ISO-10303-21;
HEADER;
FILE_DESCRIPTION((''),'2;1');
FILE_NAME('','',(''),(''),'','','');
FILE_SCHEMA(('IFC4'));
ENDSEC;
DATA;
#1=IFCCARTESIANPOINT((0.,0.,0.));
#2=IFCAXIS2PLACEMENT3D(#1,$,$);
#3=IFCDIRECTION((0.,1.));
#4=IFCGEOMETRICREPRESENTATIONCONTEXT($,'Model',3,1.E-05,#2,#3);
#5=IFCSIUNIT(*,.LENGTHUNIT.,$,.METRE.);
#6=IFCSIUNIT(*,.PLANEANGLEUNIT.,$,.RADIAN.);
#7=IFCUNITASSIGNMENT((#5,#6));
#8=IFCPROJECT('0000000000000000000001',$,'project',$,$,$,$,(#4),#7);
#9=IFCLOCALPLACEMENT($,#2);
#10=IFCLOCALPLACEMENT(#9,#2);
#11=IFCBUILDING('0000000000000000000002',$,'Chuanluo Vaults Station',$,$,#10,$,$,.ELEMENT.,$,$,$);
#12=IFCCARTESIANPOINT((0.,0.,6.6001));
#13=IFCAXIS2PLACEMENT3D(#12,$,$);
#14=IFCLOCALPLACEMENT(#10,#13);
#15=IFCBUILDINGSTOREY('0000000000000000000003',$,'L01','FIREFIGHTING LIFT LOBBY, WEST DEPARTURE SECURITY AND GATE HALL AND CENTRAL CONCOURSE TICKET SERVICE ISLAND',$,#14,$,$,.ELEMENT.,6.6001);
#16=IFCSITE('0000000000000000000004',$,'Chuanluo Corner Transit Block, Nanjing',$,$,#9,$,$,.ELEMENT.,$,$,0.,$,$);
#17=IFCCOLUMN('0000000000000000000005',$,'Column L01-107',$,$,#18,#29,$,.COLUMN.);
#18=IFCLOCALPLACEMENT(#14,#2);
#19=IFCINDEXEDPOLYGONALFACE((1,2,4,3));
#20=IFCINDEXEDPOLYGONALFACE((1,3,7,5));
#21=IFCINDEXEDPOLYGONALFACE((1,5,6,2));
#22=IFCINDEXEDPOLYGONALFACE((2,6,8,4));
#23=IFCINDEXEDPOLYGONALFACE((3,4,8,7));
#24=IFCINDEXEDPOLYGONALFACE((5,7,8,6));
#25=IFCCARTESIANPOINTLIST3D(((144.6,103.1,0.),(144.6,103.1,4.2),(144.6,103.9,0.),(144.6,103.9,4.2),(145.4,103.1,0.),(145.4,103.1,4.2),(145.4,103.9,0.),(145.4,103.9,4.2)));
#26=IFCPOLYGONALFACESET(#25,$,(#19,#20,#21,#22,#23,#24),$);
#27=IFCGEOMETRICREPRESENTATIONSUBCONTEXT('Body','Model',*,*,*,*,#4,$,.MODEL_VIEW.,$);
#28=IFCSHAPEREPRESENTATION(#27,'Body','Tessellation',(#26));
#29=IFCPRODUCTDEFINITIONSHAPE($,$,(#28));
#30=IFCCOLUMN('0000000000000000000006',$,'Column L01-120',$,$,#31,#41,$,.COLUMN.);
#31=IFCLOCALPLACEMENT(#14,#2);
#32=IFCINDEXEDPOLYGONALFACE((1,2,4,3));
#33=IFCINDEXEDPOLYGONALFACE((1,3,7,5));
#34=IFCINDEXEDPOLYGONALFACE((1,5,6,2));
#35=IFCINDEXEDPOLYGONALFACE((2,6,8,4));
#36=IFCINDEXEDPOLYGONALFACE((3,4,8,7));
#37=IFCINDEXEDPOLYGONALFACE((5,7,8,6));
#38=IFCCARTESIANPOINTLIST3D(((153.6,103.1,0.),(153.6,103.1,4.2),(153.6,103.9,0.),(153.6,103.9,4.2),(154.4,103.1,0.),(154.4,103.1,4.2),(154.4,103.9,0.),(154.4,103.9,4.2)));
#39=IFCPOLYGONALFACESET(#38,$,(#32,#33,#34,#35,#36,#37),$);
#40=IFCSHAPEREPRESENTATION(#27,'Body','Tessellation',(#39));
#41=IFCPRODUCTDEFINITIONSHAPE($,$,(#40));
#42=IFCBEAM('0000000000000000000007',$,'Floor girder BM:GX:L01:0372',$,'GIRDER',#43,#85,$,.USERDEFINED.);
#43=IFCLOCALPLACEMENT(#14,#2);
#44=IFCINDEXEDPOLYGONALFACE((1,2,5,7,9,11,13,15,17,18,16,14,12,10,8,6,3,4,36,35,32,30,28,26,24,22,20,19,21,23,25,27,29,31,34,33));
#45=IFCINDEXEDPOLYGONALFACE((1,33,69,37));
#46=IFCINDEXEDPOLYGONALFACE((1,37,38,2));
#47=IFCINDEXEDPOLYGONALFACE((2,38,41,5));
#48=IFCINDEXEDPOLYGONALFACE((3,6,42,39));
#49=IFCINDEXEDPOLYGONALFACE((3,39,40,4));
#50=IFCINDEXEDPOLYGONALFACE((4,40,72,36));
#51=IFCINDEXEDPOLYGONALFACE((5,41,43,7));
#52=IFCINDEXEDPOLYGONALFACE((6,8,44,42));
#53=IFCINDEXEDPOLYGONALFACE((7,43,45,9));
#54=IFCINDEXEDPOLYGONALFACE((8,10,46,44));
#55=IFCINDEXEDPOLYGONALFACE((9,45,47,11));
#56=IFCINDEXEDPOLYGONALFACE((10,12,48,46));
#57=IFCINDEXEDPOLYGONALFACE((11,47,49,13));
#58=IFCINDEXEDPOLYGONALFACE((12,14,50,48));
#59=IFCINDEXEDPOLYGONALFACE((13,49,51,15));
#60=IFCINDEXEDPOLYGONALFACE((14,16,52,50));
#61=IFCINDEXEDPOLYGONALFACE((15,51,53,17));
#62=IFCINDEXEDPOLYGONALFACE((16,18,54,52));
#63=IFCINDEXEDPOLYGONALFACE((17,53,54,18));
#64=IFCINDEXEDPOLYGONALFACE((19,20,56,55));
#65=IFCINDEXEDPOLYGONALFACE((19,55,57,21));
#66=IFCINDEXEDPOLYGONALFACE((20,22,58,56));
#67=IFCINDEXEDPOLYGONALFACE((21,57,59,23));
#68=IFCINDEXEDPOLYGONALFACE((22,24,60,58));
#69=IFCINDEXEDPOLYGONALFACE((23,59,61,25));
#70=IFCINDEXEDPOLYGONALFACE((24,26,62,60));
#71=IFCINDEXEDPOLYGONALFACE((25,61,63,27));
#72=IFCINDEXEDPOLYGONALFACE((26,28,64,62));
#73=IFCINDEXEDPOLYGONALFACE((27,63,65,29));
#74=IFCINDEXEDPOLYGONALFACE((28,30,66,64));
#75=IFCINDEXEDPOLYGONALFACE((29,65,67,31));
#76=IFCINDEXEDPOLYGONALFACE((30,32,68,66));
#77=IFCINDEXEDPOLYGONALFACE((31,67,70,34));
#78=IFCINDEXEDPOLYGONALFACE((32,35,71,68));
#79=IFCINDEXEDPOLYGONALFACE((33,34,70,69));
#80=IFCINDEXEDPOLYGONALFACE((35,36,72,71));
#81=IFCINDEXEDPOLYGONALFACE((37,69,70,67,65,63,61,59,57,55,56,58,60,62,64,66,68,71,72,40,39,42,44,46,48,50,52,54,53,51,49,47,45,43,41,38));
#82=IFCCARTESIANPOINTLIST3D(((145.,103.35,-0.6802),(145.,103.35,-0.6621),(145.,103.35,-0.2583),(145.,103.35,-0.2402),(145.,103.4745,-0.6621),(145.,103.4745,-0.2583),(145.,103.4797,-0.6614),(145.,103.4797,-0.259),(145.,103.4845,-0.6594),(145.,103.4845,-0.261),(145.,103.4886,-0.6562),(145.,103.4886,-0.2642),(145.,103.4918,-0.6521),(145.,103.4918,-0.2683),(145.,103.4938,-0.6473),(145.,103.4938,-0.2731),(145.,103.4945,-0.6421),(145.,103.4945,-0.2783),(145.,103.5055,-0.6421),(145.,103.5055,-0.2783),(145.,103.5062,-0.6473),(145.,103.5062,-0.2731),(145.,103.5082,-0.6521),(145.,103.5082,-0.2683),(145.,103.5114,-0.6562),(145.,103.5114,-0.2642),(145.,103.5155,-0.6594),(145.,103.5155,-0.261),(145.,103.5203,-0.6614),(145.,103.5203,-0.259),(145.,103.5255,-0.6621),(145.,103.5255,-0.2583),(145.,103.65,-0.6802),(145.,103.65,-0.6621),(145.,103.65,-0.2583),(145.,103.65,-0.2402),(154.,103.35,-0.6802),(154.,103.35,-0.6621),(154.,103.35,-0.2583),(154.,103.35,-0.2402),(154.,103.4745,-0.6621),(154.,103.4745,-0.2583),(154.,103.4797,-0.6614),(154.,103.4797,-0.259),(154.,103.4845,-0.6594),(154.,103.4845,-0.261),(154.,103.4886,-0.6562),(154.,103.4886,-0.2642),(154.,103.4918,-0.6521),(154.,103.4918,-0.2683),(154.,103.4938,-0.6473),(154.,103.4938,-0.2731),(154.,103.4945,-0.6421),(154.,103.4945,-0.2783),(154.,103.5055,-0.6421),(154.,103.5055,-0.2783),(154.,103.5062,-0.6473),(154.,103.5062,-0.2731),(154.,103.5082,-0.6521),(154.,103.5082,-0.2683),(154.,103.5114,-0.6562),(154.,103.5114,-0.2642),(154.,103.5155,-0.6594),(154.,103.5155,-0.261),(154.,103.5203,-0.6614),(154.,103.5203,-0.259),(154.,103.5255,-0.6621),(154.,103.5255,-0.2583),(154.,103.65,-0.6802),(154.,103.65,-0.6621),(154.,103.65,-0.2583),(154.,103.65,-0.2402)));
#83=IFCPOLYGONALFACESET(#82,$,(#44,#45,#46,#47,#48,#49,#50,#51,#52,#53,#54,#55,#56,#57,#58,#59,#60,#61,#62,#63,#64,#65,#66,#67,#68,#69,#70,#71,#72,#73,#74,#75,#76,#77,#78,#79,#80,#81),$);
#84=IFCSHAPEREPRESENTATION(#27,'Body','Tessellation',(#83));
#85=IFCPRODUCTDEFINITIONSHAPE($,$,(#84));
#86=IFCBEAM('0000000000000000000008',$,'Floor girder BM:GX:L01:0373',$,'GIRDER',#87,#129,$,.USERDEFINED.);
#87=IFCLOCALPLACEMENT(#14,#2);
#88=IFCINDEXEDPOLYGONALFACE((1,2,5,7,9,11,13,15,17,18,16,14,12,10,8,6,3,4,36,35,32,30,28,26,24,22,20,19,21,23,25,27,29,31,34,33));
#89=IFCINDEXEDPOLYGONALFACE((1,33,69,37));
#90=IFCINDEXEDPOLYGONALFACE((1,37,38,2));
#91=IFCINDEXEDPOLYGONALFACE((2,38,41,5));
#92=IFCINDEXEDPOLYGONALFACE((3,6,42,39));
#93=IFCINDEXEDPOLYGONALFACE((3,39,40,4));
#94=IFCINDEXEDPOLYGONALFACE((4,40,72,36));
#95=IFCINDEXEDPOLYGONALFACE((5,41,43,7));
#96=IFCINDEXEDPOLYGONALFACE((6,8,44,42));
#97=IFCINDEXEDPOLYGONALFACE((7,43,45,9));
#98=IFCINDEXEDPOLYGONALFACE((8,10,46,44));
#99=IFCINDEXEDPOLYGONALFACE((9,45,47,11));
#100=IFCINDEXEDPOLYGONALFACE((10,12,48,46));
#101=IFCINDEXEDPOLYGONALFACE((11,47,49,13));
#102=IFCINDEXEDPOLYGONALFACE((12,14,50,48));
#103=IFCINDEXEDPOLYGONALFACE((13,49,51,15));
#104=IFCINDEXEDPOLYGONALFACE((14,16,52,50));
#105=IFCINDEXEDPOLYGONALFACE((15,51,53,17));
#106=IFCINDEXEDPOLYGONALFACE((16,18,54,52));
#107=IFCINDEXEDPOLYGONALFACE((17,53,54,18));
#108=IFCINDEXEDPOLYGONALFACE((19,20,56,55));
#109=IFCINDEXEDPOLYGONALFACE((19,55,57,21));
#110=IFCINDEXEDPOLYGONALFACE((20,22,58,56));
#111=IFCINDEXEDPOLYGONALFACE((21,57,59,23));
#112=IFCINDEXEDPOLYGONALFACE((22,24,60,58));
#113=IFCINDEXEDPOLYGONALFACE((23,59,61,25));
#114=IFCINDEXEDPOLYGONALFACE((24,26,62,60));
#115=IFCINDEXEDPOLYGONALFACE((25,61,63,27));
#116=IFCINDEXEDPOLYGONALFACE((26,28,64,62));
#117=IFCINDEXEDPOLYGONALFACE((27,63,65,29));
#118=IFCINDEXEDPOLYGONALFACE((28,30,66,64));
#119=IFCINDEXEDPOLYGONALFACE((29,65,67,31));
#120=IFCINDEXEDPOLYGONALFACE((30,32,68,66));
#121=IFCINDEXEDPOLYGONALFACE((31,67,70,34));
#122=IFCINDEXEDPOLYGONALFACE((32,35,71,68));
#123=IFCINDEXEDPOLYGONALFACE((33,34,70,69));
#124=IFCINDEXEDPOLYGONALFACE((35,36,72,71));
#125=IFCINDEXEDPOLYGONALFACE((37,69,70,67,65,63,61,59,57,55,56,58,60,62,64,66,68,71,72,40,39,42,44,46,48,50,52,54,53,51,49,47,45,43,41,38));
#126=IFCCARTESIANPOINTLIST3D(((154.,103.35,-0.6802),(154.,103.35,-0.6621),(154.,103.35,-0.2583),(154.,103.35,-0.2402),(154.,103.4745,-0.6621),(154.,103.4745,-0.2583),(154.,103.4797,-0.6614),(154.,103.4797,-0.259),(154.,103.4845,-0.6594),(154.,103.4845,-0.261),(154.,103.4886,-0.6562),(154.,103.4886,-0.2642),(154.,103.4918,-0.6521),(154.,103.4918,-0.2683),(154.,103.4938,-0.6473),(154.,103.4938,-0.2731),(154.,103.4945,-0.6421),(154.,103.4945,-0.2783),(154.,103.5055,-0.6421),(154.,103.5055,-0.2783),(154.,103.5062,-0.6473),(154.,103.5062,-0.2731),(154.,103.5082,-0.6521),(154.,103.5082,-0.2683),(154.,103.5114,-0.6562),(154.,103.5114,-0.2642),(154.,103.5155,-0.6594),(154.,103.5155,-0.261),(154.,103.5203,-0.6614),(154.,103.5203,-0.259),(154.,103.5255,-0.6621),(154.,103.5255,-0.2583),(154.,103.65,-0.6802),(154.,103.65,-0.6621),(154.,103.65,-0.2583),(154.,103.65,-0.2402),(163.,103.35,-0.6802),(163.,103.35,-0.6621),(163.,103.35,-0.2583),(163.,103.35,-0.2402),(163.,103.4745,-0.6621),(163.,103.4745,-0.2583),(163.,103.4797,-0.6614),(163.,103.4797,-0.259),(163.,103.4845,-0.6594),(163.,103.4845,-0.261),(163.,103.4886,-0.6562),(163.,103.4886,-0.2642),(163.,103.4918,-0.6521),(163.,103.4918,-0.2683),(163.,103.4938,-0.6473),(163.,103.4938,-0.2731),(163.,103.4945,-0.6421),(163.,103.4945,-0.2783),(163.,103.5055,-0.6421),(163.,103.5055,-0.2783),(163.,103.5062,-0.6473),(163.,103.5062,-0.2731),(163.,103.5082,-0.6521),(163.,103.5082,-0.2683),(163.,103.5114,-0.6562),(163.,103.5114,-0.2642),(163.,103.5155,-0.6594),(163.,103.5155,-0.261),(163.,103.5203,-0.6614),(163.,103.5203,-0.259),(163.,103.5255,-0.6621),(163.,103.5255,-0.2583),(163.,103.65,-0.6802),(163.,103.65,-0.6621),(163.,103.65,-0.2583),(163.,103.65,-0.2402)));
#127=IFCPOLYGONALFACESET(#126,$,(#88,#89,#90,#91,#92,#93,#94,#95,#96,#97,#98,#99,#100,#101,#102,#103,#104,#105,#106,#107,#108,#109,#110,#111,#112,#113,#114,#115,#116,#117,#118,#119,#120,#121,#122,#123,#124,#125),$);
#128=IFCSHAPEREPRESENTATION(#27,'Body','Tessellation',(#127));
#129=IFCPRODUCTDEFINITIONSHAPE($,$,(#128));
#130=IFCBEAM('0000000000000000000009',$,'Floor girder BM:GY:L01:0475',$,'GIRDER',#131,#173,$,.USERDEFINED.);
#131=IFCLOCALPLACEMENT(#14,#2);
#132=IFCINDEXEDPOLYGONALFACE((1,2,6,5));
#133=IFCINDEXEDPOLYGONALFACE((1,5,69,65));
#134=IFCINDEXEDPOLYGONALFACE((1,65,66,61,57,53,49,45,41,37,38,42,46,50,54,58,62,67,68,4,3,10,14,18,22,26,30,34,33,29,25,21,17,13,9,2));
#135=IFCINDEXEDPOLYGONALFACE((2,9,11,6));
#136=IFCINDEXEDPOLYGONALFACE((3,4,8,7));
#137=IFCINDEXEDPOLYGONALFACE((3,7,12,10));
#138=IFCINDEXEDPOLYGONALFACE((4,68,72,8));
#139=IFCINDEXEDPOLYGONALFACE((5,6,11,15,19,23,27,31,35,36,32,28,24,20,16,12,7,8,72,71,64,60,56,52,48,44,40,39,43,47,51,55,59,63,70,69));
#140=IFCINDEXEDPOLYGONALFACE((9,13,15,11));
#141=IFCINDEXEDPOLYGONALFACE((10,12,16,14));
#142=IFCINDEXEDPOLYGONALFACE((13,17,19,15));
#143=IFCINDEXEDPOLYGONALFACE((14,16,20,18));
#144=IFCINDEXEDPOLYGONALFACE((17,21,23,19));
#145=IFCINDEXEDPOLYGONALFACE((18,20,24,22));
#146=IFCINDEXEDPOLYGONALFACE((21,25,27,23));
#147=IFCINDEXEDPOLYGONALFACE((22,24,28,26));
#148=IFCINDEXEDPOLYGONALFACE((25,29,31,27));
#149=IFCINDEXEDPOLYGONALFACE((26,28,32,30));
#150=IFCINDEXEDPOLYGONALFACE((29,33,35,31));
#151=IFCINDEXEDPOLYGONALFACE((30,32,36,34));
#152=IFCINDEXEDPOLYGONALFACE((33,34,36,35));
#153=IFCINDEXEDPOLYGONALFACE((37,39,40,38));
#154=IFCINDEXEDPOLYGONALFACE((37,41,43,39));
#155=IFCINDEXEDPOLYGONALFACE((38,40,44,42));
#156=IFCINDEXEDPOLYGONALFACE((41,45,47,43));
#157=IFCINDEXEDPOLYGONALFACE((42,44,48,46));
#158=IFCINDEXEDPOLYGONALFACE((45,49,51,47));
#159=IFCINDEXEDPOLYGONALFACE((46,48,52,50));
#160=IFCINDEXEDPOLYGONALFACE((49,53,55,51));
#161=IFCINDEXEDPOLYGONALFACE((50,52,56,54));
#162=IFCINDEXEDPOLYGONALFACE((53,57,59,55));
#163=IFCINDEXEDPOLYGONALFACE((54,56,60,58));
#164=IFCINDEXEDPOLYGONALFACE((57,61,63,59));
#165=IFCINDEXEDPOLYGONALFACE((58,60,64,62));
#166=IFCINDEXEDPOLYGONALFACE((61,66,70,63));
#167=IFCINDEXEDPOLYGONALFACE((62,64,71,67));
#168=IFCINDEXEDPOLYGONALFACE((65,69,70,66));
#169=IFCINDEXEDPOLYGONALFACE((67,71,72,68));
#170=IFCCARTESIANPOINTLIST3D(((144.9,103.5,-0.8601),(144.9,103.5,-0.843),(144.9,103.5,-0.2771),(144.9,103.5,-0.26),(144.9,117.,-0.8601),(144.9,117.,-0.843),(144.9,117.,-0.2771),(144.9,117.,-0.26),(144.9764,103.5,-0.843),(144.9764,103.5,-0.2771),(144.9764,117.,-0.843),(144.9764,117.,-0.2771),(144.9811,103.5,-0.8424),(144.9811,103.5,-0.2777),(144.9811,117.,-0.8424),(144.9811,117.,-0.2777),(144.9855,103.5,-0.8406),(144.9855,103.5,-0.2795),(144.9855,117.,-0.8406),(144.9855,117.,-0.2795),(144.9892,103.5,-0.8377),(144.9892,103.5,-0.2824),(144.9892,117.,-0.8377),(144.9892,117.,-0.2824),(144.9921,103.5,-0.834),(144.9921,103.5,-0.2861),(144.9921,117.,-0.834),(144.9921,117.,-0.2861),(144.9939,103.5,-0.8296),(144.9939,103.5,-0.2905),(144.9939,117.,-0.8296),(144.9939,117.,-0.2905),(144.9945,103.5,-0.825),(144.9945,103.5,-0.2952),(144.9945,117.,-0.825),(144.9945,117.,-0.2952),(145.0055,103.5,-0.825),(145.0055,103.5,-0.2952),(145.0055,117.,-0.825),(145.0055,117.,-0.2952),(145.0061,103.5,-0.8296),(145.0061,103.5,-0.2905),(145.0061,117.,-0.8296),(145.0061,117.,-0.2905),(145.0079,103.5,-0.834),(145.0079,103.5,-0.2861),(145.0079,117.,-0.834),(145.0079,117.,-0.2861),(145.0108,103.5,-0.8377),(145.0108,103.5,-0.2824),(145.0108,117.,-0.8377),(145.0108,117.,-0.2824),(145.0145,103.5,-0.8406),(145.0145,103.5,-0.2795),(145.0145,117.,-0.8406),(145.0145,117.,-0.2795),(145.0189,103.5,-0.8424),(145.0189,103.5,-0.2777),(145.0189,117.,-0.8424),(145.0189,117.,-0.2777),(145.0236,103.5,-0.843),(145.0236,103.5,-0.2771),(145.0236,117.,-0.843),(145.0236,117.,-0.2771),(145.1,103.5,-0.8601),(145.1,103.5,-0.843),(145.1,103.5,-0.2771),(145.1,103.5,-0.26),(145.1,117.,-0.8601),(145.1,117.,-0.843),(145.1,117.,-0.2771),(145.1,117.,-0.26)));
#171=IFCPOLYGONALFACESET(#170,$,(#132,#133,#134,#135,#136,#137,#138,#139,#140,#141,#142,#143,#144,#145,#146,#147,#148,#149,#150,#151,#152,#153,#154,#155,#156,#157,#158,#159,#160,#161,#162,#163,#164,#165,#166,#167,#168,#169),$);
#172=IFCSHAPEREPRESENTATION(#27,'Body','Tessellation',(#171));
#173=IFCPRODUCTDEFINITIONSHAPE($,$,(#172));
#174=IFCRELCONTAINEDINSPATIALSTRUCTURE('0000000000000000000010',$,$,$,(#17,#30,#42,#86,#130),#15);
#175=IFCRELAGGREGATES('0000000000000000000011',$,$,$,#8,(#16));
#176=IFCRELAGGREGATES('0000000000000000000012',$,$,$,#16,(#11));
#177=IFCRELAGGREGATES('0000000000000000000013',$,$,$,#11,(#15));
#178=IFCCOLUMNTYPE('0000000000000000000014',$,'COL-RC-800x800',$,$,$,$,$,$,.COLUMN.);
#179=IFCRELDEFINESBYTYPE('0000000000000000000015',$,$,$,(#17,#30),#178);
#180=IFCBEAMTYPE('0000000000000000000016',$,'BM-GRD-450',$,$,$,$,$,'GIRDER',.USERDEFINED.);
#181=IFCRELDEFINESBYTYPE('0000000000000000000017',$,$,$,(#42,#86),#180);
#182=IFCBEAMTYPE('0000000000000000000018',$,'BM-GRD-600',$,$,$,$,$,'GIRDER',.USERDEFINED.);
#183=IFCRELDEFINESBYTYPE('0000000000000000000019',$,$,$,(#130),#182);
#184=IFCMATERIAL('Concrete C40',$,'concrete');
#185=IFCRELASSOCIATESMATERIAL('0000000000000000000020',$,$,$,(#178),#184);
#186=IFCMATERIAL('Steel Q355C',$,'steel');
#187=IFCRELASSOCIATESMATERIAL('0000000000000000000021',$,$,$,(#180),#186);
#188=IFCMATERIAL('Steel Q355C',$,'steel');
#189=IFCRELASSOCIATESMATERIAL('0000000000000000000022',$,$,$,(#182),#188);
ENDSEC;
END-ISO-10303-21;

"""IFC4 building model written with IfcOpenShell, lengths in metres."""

from ifc_helpers import new_model, si_unit, direction, frame, origin, origin_2d, place, context, subcontext, project, spatial, rectangle, i_section, extrude, material, material_profile, profile_set, type_object, element, save


model = new_model("IFC4")

# Units and contexts
model_context = context("Model", 3, precision=1e-05, world=origin(), true_north=direction((0.0, 1.0)))
body_context = subcontext(model_context, "Body", "Model", "MODEL_VIEW")
ifc_project = project(units=[si_unit("LENGTHUNIT", "METRE"), si_unit("PLANEANGLEUNIT", "RADIAN")], contexts=[model_context])

# Site, building, storey
site_placement = place(None, origin())
site = spatial("IfcSite", under=ifc_project, at=site_placement, Name="Chuanluo Corner Transit Block, Nanjing", CompositionType="ELEMENT", RefElevation=0.0)
building_placement = place(site_placement, origin())
building = spatial("IfcBuilding", under=site, at=building_placement, Name="Chuanluo Vaults Station", CompositionType="ELEMENT")
storey_placement = place(building_placement, frame((0.0, 0.0, 6.6001)))
storey = spatial("IfcBuildingStorey", under=building, at=storey_placement, Name="L01", Description="FIREFIGHTING LIFT LOBBY, WEST DEPARTURE SECURITY AND GATE HALL AND CENTRAL CONCOURSE TICKET SERVICE ISLAND", CompositionType="ELEMENT", Elevation=6.6001)

# Columns
ifc_material_1 = material(Name="Concrete C40", Category="concrete")
ifc_material_profile_1 = material_profile(ifc_material_1, rectangle(XDim=0.8, YDim=0.8, at=origin_2d()))
ifc_profile_set_1 = profile_set([ifc_material_profile_1], Name="Concrete C40")
column_type = type_object("IfcColumnType", Name="COL-RC-800x800", PredefinedType="COLUMN", material=ifc_profile_set_1)
for number, where, z_axis, x_axis, name in (
    (1, (145.0, 103.5, 0.0), (0.0, 0.0, 1.0), (1.0, 0.0, 0.0), "Column L01-107"),
    (2, (154.0, 103.5, 0.0), (0.0, 0.0, 1.0), (1.0, 0.0, 0.0), "Column L01-120"),
):
    element("IfcColumn", number, at=place(storey_placement, frame(where, z_axis=z_axis, x_axis=x_axis)), inside=storey, type_object=column_type, Name=name, PredefinedType="COLUMN", context=body_context, shape_type="SweptSolid", body=[
        extrude(rectangle(XDim=0.8, YDim=0.8, at=origin_2d()), origin(), (0.0, 0.0, 1.0), 4.2),
    ])

# Beams
ifc_material_2 = material(Name="Steel Q355C", Category="steel")
ifc_material_profile_2 = material_profile(ifc_material_2, i_section(OverallWidth=0.3, OverallDepth=0.4399, WebThickness=0.011, FlangeThickness=0.0181, FilletRadius=0.02, at=origin_2d()))
ifc_profile_set_2 = profile_set([ifc_material_profile_2], Name="Steel Q355C")
beam_type_1 = type_object("IfcBeamType", Name="BM-GRD-450", ElementType="GIRDER", PredefinedType="USERDEFINED", material=ifc_profile_set_2)
for number, where, z_axis, x_axis, name in (
    (3, (145.0, 103.5, -0.4602), (1.0, 0.0, 0.0), (0.0, 1.0, 0.0), "Floor girder BM:GX:L01:0372"),
    (4, (154.0, 103.5, -0.4602), (1.0, 0.0, 0.0), (0.0, 1.0, 0.0), "Floor girder BM:GX:L01:0373"),
):
    element("IfcBeam", number, at=place(storey_placement, frame(where, z_axis=z_axis, x_axis=x_axis)), inside=storey, type_object=beam_type_1, Name=name, ObjectType="GIRDER", PredefinedType="USERDEFINED", context=body_context, shape_type="SweptSolid", body=[
        extrude(i_section(OverallWidth=0.3, OverallDepth=0.4399, WebThickness=0.011, FlangeThickness=0.0181, FilletRadius=0.02, at=origin_2d()), origin(), (0.0, 0.0, 1.0), 9.0),
    ])
ifc_material_3 = material(Name="Steel Q355C", Category="steel")
ifc_material_profile_3 = material_profile(ifc_material_3, i_section(OverallWidth=0.2, OverallDepth=0.6001, WebThickness=0.011, FlangeThickness=0.0171, FilletRadius=0.0181, at=origin_2d()))
ifc_profile_set_3 = profile_set([ifc_material_profile_3], Name="Steel Q355C")
beam_type_2 = type_object("IfcBeamType", Name="BM-GRD-600", ElementType="GIRDER", PredefinedType="USERDEFINED", material=ifc_profile_set_3)
beam_1_placement = place(storey_placement, frame((145.0, 103.5, -0.5601), z_axis=(0.0, 1.0, 0.0), x_axis=(-1.0, 0.0, 0.0)))
element("IfcBeam", 5, at=beam_1_placement, inside=storey, type_object=beam_type_2, Name="Floor girder BM:GY:L01:0475", ObjectType="GIRDER", PredefinedType="USERDEFINED", context=body_context, shape_type="SweptSolid", body=[
    extrude(i_section(OverallWidth=0.2, OverallDepth=0.6001, WebThickness=0.011, FlangeThickness=0.0171, FilletRadius=0.0181, at=origin_2d()), origin(), (0.0, 0.0, 1.0), 13.5),
])

save(model, "model.ifc")
